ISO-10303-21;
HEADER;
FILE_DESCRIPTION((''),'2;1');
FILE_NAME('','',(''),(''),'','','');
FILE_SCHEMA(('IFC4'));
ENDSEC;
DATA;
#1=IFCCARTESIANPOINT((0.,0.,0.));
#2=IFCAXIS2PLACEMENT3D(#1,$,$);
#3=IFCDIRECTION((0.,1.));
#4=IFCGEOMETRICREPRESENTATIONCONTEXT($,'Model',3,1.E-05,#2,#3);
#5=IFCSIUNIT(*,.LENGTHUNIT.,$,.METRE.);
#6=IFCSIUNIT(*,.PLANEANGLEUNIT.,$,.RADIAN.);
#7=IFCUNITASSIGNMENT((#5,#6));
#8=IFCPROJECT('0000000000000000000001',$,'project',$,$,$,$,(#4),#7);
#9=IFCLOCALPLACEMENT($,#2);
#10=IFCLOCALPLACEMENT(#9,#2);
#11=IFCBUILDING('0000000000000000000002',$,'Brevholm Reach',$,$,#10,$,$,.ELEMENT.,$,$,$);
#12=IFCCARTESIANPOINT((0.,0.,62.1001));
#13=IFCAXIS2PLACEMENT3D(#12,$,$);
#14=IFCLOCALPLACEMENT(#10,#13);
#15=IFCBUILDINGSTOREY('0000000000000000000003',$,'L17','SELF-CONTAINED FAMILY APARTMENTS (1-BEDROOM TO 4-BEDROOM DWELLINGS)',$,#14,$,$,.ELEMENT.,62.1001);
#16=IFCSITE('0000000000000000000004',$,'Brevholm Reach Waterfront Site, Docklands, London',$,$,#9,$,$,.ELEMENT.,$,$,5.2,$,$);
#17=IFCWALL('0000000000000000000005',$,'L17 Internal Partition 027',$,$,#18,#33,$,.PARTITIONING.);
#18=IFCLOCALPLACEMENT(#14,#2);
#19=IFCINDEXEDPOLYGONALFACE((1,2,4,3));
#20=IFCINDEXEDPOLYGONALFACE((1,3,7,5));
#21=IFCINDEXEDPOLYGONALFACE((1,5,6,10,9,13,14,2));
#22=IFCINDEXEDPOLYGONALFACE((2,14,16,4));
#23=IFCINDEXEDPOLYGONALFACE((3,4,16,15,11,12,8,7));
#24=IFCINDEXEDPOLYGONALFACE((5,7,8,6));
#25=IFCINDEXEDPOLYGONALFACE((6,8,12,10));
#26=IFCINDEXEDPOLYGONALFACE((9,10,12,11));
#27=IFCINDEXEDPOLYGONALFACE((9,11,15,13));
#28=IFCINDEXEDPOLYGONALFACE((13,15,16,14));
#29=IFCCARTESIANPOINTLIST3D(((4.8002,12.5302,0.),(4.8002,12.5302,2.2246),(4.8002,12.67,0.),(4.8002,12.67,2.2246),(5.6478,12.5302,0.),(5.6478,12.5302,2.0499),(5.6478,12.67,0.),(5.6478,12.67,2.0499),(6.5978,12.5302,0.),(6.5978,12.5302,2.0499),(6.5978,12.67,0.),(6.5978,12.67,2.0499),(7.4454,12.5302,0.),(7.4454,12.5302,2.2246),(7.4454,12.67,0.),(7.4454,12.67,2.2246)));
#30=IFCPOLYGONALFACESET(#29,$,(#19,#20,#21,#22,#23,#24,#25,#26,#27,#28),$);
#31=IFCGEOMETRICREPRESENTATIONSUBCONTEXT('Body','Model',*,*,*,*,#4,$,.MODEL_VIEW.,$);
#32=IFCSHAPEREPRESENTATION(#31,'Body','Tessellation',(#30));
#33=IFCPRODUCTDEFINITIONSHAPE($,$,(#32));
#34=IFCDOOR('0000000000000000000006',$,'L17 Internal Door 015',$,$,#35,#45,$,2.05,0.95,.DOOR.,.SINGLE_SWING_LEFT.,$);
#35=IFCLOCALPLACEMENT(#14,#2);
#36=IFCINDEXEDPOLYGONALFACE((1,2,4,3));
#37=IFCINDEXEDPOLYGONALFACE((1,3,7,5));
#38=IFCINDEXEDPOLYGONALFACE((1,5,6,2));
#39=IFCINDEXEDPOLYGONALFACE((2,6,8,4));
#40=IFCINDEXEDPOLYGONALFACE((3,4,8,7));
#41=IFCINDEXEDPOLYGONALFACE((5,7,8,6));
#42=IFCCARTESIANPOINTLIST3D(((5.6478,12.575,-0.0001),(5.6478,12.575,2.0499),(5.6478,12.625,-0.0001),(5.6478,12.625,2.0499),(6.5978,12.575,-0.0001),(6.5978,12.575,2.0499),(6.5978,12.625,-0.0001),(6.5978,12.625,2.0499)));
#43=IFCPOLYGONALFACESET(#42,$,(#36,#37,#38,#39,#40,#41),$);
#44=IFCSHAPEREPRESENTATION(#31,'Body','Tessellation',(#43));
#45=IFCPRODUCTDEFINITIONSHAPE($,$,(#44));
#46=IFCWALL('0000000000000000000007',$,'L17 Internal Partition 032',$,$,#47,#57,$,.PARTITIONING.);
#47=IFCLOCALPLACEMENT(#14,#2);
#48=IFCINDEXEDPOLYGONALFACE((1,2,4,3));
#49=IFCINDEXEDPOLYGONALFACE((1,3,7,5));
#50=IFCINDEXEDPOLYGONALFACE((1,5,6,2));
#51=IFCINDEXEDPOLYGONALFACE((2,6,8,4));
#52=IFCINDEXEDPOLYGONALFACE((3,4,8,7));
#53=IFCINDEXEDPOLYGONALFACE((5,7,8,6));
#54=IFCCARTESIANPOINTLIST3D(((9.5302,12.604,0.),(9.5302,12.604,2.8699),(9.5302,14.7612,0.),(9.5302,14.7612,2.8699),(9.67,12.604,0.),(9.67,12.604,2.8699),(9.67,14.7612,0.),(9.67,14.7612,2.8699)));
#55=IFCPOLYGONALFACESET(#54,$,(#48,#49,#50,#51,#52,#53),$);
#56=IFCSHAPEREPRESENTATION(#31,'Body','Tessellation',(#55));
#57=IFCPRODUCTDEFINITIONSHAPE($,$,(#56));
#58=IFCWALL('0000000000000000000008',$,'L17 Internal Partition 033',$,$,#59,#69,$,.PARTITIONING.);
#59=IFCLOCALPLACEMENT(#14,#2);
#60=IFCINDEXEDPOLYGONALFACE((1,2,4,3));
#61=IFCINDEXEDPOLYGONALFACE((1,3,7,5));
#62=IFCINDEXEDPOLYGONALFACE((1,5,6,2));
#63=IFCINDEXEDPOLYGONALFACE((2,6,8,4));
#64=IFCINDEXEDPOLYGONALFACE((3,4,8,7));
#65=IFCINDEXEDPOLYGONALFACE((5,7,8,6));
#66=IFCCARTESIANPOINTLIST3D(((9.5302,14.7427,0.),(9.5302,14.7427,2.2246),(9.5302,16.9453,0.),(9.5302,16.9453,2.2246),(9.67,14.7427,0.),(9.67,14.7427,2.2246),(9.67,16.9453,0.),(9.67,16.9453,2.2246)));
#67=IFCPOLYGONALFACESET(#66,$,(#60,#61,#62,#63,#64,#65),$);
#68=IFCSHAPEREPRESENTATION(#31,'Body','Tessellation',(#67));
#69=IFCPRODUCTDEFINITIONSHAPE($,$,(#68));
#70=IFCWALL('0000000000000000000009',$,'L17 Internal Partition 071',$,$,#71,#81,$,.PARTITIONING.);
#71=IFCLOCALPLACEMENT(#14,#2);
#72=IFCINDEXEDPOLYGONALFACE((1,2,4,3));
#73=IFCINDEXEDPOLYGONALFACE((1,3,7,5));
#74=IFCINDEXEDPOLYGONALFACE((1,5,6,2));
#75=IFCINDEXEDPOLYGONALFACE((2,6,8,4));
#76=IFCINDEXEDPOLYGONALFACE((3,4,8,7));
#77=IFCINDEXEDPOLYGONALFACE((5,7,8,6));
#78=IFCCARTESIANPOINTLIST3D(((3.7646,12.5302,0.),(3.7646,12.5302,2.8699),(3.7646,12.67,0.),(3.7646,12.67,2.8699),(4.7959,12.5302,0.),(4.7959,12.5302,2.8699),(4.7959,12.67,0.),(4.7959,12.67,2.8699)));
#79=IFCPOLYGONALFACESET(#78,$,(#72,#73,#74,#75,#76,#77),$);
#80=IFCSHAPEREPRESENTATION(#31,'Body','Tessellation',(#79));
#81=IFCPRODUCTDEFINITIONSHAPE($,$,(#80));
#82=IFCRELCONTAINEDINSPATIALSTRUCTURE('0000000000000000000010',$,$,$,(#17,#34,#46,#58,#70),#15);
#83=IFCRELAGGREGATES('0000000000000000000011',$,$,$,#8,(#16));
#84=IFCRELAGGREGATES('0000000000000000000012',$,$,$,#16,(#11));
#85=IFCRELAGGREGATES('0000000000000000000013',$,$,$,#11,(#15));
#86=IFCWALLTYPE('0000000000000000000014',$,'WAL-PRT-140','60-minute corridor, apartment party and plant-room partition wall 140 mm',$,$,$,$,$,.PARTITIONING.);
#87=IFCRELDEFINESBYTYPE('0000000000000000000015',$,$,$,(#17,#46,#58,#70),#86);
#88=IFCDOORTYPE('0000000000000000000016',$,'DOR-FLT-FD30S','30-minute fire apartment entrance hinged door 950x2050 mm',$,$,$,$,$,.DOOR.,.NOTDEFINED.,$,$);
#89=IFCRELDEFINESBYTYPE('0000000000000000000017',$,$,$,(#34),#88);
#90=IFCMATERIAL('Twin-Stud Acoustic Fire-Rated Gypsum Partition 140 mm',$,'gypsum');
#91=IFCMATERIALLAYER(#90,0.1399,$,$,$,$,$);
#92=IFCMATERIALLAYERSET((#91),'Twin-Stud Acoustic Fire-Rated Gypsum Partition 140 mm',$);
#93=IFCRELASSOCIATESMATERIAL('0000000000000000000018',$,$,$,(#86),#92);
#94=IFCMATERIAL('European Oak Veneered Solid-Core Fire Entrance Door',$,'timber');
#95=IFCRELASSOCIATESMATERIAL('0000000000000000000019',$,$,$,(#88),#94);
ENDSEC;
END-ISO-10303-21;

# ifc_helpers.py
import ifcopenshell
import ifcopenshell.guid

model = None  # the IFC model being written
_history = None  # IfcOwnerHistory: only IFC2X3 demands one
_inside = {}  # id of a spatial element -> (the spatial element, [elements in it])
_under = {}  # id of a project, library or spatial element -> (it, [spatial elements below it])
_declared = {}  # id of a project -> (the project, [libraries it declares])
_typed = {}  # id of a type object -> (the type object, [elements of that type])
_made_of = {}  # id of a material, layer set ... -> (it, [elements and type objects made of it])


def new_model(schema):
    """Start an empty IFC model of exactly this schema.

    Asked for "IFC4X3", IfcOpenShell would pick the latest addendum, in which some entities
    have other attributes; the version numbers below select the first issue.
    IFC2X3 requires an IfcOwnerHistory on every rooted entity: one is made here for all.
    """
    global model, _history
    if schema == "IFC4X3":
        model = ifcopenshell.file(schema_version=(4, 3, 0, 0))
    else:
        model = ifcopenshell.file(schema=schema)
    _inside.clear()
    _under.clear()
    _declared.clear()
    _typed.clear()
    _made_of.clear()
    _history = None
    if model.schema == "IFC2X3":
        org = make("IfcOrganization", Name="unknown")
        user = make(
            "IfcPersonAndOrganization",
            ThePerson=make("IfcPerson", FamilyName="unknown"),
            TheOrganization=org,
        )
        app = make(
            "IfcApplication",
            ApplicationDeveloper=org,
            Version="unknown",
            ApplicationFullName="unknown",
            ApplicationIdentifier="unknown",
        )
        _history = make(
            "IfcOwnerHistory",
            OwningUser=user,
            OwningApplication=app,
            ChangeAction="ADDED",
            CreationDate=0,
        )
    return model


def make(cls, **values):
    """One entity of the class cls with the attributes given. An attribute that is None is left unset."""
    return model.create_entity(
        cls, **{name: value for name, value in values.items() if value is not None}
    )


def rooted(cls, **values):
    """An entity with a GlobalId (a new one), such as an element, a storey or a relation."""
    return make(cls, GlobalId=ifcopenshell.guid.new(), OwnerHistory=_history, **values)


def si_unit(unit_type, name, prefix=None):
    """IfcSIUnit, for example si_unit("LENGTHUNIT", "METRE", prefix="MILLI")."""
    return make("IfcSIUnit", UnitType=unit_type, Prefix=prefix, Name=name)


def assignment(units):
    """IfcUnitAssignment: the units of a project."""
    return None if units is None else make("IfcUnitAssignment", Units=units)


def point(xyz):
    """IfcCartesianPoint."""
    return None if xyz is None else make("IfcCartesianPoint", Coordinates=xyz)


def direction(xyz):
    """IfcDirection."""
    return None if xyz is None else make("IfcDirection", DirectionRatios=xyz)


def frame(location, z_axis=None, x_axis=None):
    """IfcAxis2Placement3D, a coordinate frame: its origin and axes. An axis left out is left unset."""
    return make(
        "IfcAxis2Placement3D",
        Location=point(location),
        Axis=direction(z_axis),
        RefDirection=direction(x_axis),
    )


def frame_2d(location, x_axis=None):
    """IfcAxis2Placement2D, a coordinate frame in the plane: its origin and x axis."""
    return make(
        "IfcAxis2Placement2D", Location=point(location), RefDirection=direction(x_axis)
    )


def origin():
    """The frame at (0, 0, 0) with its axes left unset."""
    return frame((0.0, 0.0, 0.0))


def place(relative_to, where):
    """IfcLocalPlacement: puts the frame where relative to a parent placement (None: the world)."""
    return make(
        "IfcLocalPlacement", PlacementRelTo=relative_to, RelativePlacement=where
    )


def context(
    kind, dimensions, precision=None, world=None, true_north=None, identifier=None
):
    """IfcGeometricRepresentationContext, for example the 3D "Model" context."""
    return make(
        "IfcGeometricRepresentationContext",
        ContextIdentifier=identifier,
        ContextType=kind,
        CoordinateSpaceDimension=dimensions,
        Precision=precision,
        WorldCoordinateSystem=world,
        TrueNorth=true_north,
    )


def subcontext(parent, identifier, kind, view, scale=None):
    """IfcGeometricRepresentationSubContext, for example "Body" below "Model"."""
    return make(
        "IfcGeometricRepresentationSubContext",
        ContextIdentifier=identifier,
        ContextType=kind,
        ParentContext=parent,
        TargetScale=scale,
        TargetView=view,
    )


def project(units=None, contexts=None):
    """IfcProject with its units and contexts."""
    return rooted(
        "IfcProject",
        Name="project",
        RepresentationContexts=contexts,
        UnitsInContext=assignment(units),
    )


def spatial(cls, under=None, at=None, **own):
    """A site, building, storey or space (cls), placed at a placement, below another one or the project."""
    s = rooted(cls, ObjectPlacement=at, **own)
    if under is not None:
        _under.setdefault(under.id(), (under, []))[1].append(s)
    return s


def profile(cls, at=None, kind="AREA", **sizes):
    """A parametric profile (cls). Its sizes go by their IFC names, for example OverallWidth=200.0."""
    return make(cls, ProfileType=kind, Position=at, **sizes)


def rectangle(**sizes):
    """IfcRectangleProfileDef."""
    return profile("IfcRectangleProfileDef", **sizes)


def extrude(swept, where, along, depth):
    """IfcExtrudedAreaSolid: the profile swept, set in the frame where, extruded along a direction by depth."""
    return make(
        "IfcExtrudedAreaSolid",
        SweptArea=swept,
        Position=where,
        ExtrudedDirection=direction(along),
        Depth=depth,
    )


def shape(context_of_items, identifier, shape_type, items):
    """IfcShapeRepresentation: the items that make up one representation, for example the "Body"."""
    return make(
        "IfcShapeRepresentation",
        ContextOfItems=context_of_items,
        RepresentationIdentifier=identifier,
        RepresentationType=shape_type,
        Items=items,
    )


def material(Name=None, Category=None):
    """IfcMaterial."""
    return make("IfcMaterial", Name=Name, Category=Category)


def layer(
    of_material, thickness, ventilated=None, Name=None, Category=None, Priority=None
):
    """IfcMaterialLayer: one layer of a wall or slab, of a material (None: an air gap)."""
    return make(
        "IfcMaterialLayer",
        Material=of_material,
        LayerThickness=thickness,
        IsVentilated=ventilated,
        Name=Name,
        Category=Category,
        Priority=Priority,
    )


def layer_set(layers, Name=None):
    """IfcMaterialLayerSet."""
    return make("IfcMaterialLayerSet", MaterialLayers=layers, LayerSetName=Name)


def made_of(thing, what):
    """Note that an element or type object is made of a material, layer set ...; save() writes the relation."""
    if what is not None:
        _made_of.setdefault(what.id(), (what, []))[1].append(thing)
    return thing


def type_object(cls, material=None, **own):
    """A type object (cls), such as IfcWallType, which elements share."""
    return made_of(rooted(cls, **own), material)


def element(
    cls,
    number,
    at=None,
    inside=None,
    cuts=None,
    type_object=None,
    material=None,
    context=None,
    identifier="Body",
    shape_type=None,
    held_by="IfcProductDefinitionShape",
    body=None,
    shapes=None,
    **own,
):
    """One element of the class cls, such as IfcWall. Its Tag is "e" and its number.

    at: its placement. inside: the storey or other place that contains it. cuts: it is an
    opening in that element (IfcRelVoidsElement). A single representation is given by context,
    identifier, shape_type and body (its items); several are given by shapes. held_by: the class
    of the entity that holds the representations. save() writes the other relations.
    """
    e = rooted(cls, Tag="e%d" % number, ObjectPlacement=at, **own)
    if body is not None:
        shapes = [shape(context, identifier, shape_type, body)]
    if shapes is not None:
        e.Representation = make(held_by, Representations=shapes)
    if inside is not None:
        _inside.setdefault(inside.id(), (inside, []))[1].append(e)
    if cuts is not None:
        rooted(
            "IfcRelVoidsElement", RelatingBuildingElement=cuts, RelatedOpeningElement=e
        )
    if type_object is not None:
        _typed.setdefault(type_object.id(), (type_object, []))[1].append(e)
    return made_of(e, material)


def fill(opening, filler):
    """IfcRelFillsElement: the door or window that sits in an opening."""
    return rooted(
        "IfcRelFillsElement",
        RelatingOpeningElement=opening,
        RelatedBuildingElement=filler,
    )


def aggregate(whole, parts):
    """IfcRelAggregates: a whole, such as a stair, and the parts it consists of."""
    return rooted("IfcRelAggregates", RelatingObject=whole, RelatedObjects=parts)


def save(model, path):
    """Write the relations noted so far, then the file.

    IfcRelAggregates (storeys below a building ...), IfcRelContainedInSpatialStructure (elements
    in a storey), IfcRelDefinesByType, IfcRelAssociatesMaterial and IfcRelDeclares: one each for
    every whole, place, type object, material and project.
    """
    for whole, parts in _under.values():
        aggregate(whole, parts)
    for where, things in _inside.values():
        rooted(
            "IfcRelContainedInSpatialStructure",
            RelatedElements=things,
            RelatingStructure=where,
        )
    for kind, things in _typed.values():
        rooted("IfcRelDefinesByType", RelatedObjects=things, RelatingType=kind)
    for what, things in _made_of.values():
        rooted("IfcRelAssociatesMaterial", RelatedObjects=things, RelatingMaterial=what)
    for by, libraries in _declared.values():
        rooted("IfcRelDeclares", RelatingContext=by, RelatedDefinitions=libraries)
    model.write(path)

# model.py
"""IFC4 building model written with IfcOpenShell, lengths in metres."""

from ifc_helpers import new_model, si_unit, direction, frame, frame_2d, origin, place, context, subcontext, project, spatial, rectangle, extrude, material, layer, layer_set, type_object, element, fill, save


model = new_model("IFC4")

# Units and contexts
model_context = context("Model", 3, precision=1e-05, world=origin(), true_north=direction((0.0, 1.0)))
body_context = subcontext(model_context, "Body", "Model", "MODEL_VIEW")
ifc_project = project(units=[si_unit("LENGTHUNIT", "METRE"), si_unit("PLANEANGLEUNIT", "RADIAN")], contexts=[model_context])

# Site, building, storey
site_placement = place(None, origin())
site = spatial("IfcSite", under=ifc_project, at=site_placement, Name="Brevholm Reach Waterfront Site, Docklands, London", CompositionType="ELEMENT", RefElevation=5.2)
building_placement = place(site_placement, origin())
building = spatial("IfcBuilding", under=site, at=building_placement, Name="Brevholm Reach", CompositionType="ELEMENT")
storey_placement = place(building_placement, frame((0.0, 0.0, 62.1001)))
storey = spatial("IfcBuildingStorey", under=building, at=storey_placement, Name="L17", Description="SELF-CONTAINED FAMILY APARTMENTS (1-BEDROOM TO 4-BEDROOM DWELLINGS)", CompositionType="ELEMENT", Elevation=62.1001)

# Shared definitions
ifc_material_1 = material(Name="Twin-Stud Acoustic Fire-Rated Gypsum Partition 140 mm", Category="gypsum")
ifc_layer_1 = layer(ifc_material_1, 0.1399)
ifc_layer_set_1 = layer_set([ifc_layer_1], Name="Twin-Stud Acoustic Fire-Rated Gypsum Partition 140 mm")
wall_type_1 = type_object("IfcWallType", Name="WAL-PRT-140", Description="60-minute corridor, apartment party and plant-room partition wall 140 mm", PredefinedType="PARTITIONING", material=ifc_layer_set_1)

# Shared definitions
ifc_material_2 = material(Name="European Oak Veneered Solid-Core Fire Entrance Door", Category="timber")
door_type_1 = type_object("IfcDoorType", Name="DOR-FLT-FD30S", Description="30-minute fire apartment entrance hinged door 950x2050 mm", OperationType="NOTDEFINED", PredefinedType="DOOR", material=ifc_material_2)

# Wall, opening, door
wall_1_placement = place(storey_placement, frame((4.8, 12.6001, 0.0), z_axis=(0.0, 0.0, 1.0), x_axis=(1.0, 0.0, 0.0)))
wall_1 = element("IfcWall", 1, at=wall_1_placement, inside=storey, type_object=wall_type_1, Name="L17 Internal Partition 027", PredefinedType="PARTITIONING", context=body_context, shape_type="SweptSolid", body=[
    extrude(rectangle(XDim=2.6453, YDim=0.1399, at=frame_2d((1.3228, 0.0))), origin(), (0.0, 0.0, 1.0), 2.2246),
])
opening_1_placement = place(wall_1_placement, frame((0.8477, 0.0, 0.0)))
opening_1 = element("IfcOpeningElement", 2, at=opening_1_placement, cuts=wall_1, PredefinedType="OPENING", context=body_context, shape_type="SweptSolid", body=[
    extrude(rectangle(XDim=0.95, YDim=2.05, at=frame_2d((0.4751, 1.0249))), frame((0.0, 0.0798, 0.0), z_axis=(0.0, -1.0, 0.0), x_axis=(1.0, 0.0, 0.0)), (0.0, 0.0, 1.0), 0.1599),
])
door_1_placement = place(opening_1_placement, origin())
door_1 = element("IfcDoor", 3, at=door_1_placement, inside=storey, type_object=door_type_1, Name="L17 Internal Door 015", OperationType="SINGLE_SWING_LEFT", OverallHeight=2.05, OverallWidth=0.95, PredefinedType="DOOR", context=body_context, shape_type="SweptSolid", body=[
    extrude(rectangle(XDim=0.95, YDim=2.05, at=frame_2d((0.4751, 1.0249))), frame((0.0, 0.0249, 0.0), z_axis=(0.0, -1.0, 0.0), x_axis=(1.0, 0.0, 0.0)), (0.0, 0.0, 1.0), 0.05),
])
fill(opening_1, door_1)

# Walls
wall_2_placement = place(storey_placement, frame((9.6001, 12.604, 0.0), z_axis=(0.0, 0.0, 1.0), x_axis=(0.0, 1.0, 0.0)))
element("IfcWall", 4, at=wall_2_placement, inside=storey, type_object=wall_type_1, Name="L17 Internal Partition 032", PredefinedType="PARTITIONING", context=body_context, shape_type="SweptSolid", body=[
    extrude(rectangle(XDim=2.1572, YDim=0.1399, at=frame_2d((1.0786, 0.0))), origin(), (0.0, 0.0, 1.0), 2.8699),
])
wall_3_placement = place(storey_placement, frame((9.6001, 14.7427, 0.0), z_axis=(0.0, 0.0, 1.0), x_axis=(0.0, 1.0, 0.0)))
element("IfcWall", 5, at=wall_3_placement, inside=storey, type_object=wall_type_1, Name="L17 Internal Partition 033", PredefinedType="PARTITIONING", context=body_context, shape_type="SweptSolid", body=[
    extrude(rectangle(XDim=2.2026, YDim=0.1399, at=frame_2d((1.1013, 0.0))), origin(), (0.0, 0.0, 1.0), 2.2246),
])
wall_4_placement = place(storey_placement, frame((3.7646, 12.6001, 0.0), z_axis=(0.0, 0.0, 1.0), x_axis=(1.0, 0.0, 0.0)))
element("IfcWall", 6, at=wall_4_placement, inside=storey, type_object=wall_type_1, Name="L17 Internal Partition 071", PredefinedType="PARTITIONING", context=body_context, shape_type="SweptSolid", body=[
    extrude(rectangle(XDim=1.0312, YDim=0.1399, at=frame_2d((0.5156, 0.0))), origin(), (0.0, 0.0, 1.0), 2.8699),
])

save(model, "model.ifc")
